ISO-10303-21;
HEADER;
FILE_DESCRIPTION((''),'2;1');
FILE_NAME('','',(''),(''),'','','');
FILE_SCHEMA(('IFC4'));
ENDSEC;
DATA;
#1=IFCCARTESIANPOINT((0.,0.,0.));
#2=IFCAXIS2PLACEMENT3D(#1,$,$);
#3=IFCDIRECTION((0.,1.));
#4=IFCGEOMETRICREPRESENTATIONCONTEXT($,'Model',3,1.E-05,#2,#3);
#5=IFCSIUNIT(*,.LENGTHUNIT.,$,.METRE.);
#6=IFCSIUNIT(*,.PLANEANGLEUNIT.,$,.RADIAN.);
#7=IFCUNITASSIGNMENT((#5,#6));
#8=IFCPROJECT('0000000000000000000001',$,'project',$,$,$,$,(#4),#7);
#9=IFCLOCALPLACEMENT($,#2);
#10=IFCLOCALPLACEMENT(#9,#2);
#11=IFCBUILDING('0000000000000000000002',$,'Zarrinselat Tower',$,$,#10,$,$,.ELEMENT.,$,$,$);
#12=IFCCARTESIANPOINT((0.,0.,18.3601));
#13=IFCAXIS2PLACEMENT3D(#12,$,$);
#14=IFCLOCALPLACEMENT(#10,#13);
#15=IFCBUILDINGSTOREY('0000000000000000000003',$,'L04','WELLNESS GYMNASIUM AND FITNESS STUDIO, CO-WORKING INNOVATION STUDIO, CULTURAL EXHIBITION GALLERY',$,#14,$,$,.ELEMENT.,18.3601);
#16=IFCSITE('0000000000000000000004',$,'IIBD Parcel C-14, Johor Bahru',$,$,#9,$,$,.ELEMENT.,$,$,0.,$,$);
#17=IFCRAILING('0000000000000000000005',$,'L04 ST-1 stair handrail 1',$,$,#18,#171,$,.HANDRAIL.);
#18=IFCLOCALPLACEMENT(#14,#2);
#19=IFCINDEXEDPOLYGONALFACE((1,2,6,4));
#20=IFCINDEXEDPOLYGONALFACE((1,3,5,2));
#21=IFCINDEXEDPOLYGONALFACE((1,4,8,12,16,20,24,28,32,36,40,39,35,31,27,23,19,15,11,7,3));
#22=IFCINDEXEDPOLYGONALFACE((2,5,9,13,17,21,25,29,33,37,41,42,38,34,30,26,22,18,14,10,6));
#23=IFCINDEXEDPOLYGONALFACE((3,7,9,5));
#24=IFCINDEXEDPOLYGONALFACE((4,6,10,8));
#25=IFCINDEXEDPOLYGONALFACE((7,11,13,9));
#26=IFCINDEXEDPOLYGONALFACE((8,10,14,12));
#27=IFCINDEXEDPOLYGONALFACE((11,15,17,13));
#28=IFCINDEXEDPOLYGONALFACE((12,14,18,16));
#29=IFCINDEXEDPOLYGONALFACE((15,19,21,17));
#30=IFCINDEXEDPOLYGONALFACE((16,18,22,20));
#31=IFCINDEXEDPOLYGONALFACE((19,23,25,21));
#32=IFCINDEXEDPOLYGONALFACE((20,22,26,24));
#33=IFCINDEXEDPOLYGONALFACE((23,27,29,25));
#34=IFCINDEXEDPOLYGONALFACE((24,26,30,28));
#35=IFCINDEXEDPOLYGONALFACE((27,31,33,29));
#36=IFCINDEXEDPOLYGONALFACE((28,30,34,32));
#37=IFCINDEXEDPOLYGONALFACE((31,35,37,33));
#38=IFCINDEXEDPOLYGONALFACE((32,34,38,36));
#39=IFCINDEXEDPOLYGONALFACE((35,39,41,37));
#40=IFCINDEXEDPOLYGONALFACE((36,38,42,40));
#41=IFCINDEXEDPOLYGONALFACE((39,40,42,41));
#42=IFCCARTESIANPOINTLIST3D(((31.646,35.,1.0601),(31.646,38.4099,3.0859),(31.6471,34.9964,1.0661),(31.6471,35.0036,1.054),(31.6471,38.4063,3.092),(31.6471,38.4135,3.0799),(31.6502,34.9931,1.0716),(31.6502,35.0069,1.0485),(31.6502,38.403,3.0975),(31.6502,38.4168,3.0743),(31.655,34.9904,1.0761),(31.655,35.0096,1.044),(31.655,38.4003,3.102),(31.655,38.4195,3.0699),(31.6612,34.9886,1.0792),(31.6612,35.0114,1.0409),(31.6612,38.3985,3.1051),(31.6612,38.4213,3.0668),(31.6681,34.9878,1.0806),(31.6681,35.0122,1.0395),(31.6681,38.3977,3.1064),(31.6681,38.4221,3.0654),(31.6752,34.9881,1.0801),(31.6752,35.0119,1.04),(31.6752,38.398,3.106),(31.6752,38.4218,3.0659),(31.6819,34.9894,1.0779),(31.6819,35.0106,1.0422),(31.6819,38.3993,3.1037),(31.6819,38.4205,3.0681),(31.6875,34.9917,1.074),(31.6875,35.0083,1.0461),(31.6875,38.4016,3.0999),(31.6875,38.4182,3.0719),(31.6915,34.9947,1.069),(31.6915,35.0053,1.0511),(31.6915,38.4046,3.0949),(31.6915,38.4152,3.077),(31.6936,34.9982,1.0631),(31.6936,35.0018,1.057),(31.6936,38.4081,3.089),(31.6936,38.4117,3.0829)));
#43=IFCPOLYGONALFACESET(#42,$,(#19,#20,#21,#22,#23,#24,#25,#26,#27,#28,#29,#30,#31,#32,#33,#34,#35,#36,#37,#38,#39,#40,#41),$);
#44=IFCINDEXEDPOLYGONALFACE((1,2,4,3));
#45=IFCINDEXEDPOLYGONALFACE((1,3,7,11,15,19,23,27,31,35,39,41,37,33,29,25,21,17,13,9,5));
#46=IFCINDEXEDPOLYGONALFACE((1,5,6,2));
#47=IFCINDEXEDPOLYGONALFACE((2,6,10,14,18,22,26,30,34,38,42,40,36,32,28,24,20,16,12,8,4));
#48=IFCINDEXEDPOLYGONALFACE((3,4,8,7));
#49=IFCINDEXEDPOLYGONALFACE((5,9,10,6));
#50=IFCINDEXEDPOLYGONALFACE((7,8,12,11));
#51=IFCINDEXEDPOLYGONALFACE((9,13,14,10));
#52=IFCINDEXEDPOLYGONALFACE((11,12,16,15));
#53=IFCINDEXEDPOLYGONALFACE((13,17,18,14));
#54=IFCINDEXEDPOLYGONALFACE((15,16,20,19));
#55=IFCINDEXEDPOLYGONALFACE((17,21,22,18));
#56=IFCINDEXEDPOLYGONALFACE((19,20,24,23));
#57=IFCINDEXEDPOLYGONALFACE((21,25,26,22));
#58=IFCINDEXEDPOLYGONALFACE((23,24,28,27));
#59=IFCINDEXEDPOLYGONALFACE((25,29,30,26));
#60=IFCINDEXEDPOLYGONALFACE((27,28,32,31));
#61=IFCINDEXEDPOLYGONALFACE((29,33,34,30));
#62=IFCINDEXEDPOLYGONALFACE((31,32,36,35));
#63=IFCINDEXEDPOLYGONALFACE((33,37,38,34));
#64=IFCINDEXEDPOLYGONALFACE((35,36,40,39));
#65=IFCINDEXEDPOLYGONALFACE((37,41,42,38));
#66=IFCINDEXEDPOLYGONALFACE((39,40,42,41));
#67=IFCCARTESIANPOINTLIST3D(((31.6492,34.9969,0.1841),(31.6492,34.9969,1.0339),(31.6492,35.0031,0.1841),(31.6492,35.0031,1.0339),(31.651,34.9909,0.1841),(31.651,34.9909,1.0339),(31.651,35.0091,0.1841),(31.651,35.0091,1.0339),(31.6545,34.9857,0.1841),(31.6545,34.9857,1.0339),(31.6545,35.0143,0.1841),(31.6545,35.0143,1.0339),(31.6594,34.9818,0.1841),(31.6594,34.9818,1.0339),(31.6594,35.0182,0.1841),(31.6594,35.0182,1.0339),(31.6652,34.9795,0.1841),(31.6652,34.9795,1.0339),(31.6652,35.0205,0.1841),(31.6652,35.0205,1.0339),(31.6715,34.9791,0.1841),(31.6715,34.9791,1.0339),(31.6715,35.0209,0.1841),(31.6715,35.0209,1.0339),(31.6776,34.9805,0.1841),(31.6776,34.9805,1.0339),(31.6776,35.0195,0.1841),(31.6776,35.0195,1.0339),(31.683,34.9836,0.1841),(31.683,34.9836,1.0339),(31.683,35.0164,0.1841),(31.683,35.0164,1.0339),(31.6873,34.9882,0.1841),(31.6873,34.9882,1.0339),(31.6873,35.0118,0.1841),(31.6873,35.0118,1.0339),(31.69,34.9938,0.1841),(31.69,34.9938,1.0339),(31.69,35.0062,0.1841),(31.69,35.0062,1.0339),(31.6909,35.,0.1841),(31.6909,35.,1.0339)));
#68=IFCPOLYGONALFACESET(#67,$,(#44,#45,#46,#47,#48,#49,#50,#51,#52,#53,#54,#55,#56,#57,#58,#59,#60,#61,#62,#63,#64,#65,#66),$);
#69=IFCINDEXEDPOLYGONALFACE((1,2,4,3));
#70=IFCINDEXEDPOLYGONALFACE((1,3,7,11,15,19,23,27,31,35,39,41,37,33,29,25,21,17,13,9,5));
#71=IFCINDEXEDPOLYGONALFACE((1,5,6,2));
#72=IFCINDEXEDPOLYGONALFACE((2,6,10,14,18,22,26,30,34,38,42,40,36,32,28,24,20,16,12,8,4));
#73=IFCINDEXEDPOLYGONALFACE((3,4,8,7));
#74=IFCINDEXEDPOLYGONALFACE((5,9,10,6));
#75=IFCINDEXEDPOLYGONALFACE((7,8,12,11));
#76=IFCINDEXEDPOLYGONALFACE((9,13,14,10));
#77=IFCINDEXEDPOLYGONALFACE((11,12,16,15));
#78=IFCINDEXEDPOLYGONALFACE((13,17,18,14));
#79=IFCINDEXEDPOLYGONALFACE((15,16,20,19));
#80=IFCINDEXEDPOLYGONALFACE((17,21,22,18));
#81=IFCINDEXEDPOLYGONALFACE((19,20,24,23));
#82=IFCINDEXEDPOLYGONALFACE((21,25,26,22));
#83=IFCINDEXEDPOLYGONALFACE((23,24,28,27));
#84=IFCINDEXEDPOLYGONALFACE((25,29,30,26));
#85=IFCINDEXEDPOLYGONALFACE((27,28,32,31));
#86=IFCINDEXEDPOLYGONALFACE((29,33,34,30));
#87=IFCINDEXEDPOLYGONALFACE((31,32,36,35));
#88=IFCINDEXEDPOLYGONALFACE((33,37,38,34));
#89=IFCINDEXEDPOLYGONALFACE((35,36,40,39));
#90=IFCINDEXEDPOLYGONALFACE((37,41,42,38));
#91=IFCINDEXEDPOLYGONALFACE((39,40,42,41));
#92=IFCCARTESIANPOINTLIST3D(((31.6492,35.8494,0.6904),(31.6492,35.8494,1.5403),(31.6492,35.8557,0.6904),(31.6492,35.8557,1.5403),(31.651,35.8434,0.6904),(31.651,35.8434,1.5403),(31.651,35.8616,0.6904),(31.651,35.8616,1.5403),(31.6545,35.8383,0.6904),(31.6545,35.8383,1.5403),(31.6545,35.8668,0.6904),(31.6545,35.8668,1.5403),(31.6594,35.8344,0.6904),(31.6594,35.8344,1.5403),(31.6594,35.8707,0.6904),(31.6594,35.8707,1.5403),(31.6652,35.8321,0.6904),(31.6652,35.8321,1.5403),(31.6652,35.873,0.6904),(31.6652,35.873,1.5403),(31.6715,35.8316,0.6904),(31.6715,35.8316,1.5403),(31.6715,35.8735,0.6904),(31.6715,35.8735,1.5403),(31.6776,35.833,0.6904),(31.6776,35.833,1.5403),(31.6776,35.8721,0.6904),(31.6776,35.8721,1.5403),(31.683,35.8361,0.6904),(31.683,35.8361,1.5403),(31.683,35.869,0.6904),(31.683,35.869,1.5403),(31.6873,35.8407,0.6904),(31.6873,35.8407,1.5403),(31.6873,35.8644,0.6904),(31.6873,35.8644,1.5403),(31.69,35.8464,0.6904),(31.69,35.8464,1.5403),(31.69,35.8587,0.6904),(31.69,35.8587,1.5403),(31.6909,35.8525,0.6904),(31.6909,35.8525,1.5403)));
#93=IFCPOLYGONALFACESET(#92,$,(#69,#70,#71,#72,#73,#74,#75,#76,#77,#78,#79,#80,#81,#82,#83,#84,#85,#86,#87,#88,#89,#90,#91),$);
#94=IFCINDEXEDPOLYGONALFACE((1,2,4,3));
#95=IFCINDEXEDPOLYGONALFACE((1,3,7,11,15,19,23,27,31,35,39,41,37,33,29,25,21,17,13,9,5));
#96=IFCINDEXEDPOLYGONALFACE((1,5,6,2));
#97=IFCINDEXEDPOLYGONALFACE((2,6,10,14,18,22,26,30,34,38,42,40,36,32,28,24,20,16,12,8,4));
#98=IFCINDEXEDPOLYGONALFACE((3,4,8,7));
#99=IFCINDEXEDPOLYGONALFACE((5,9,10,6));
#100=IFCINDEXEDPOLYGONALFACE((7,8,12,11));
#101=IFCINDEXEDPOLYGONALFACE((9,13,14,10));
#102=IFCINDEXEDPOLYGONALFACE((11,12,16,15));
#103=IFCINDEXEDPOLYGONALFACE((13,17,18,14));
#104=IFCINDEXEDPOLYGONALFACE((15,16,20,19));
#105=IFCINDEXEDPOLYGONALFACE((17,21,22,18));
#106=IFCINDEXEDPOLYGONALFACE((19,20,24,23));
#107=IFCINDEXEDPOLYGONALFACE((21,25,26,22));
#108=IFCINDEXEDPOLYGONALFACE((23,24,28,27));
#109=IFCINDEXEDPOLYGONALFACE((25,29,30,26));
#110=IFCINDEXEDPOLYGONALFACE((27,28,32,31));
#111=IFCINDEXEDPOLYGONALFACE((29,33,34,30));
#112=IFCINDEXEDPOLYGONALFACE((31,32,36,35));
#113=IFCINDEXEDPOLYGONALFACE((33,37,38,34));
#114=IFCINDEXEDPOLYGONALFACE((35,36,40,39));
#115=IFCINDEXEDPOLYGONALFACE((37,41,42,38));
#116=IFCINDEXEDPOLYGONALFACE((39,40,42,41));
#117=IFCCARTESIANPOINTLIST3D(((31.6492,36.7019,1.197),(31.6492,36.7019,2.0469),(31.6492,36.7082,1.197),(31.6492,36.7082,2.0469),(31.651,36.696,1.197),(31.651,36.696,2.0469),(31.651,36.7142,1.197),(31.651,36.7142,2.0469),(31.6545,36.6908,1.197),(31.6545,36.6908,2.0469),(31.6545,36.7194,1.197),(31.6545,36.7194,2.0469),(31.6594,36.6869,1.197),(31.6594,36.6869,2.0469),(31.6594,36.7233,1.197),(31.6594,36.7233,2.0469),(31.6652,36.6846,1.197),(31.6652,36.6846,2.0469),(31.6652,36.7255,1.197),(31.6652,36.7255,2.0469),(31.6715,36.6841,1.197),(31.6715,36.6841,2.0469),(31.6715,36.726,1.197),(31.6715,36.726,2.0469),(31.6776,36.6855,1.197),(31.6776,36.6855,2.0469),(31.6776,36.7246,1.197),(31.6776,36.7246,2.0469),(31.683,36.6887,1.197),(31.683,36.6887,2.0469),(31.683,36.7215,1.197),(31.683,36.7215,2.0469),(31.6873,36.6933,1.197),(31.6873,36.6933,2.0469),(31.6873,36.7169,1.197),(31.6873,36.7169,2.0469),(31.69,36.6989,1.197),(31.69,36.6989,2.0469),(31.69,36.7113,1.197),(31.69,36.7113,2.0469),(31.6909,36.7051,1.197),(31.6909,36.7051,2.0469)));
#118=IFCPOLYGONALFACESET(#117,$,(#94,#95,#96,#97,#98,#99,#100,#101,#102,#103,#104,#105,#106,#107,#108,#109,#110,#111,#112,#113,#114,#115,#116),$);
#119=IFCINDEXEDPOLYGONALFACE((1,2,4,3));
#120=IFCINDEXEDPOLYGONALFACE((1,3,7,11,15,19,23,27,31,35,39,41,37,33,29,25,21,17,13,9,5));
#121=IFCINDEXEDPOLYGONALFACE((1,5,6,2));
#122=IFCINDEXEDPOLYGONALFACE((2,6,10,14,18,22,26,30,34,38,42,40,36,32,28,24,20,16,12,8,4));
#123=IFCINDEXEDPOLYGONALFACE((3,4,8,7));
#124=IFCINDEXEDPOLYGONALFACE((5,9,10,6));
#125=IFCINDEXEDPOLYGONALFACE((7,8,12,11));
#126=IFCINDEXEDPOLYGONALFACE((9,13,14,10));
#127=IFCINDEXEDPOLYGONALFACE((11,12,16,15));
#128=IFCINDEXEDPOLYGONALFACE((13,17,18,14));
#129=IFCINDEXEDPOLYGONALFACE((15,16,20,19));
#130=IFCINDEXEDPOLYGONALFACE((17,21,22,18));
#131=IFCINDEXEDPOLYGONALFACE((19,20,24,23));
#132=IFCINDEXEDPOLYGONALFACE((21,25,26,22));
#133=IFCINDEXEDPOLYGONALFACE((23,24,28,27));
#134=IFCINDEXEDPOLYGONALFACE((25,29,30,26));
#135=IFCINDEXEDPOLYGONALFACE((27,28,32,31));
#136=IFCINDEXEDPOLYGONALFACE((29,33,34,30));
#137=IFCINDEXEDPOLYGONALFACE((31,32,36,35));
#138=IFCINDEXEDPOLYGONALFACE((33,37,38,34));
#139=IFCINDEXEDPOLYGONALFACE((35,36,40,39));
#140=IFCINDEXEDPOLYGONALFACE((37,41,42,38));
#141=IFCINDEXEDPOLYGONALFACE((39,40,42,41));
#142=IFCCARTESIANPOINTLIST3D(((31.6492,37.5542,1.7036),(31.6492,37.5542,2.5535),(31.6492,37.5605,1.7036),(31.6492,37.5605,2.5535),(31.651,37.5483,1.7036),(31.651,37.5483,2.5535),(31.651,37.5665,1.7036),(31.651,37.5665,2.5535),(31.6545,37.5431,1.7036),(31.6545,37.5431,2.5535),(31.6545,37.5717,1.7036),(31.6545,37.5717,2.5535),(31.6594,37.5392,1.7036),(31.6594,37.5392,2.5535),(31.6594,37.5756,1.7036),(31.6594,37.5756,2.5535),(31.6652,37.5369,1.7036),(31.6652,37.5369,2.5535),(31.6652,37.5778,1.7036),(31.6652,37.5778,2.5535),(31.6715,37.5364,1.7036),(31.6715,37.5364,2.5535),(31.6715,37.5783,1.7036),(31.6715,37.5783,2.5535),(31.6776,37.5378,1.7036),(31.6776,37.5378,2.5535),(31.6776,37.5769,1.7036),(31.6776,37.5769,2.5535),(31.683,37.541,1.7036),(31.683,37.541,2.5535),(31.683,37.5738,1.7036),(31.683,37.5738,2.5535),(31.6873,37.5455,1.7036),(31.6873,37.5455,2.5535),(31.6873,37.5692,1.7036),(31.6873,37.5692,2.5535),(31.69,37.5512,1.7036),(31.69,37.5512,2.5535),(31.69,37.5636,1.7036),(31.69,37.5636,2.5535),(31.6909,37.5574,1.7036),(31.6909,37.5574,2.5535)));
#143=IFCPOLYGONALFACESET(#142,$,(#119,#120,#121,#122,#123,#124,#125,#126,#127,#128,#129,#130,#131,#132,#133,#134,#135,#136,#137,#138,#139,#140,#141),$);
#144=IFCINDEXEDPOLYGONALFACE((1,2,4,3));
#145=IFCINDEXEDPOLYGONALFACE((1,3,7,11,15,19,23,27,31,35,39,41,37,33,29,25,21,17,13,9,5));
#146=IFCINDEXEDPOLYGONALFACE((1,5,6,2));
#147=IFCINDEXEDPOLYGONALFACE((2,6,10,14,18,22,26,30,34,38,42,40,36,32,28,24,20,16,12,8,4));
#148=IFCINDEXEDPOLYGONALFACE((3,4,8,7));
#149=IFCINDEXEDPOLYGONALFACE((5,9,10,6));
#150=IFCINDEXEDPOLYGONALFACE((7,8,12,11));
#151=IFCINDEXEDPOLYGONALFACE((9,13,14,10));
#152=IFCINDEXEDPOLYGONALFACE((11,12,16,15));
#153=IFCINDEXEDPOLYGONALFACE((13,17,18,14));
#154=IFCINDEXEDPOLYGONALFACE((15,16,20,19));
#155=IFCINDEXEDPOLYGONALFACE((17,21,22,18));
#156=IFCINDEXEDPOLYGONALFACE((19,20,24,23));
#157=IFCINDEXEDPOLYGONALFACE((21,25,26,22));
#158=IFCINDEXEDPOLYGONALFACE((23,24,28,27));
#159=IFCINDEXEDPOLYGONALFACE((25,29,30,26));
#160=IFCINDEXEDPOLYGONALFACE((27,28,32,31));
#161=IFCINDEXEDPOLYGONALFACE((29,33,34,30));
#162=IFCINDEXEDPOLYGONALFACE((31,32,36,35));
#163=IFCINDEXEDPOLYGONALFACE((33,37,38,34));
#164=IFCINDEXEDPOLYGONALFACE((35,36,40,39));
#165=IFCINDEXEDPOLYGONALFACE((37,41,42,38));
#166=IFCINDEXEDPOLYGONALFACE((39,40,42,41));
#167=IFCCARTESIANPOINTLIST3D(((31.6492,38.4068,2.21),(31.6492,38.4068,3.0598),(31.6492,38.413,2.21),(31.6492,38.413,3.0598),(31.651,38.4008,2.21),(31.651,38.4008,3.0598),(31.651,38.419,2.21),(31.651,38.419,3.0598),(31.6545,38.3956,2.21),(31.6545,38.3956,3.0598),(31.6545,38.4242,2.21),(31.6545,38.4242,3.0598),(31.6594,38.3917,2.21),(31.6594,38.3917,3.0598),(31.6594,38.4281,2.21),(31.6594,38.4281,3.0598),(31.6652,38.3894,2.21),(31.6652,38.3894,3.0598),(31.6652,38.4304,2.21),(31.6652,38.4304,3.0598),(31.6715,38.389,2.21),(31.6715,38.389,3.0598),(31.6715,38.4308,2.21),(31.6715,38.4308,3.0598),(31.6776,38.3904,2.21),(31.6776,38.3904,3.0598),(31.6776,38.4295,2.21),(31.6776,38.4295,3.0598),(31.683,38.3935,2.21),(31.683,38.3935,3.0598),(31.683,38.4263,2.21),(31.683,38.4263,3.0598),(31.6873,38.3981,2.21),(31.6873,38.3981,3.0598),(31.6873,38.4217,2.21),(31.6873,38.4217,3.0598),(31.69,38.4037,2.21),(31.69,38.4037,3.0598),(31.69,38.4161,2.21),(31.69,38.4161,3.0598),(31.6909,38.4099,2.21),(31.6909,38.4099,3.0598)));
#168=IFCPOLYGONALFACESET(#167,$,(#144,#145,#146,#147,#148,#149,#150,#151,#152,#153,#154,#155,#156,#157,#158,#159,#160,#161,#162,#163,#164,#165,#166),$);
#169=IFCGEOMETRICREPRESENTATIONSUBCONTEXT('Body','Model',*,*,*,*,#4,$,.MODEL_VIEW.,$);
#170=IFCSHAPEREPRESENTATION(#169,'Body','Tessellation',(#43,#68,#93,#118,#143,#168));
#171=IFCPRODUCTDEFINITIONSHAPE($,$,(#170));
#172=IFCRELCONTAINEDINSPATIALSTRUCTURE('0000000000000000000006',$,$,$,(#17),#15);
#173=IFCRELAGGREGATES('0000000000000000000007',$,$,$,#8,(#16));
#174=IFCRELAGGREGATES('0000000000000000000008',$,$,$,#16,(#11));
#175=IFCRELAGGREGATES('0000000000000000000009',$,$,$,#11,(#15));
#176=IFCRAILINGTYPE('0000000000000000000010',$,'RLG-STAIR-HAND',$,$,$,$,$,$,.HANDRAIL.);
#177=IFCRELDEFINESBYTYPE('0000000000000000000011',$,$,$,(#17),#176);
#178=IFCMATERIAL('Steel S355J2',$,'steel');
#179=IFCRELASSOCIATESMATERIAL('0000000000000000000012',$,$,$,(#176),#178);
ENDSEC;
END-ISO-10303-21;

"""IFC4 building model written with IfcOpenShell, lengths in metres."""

from ifc_helpers import new_model, si_unit, direction, frame, origin, origin_2d, place, context, subcontext, project, spatial, circle, extrude, material, type_object, element, save


model = new_model("IFC4")

# Units and contexts
model_context = context("Model", 3, precision=1e-05, world=origin(), true_north=direction((0.0, 1.0)))
body_context = subcontext(model_context, "Body", "Model", "MODEL_VIEW")
ifc_project = project(units=[si_unit("LENGTHUNIT", "METRE"), si_unit("PLANEANGLEUNIT", "RADIAN")], contexts=[model_context])

# Site, building, storey
site_placement = place(None, origin())
site = spatial("IfcSite", under=ifc_project, at=site_placement, Name="IIBD Parcel C-14, Johor Bahru", CompositionType="ELEMENT", RefElevation=0.0)
building_placement = place(site_placement, origin())
building = spatial("IfcBuilding", under=site, at=building_placement, Name="Zarrinselat Tower", CompositionType="ELEMENT")
storey_placement = place(building_placement, frame((0.0, 0.0, 18.3601)))
storey = spatial("IfcBuildingStorey", under=building, at=storey_placement, Name="L04", Description="WELLNESS GYMNASIUM AND FITNESS STUDIO, CO-WORKING INNOVATION STUDIO, CULTURAL EXHIBITION GALLERY", CompositionType="ELEMENT", Elevation=18.3601)

# Railing
ifc_material_1 = material(Name="Steel S355J2", Category="steel")
railing_type_1 = type_object("IfcRailingType", Name="RLG-STAIR-HAND", PredefinedType="HANDRAIL", material=ifc_material_1)
railing_1_placement = place(storey_placement, frame((31.6699, 35.0, 0.1841)))
element("IfcRailing", 1, at=railing_1_placement, inside=storey, type_object=railing_type_1, Name="L04 ST-1 stair handrail 1", PredefinedType="HANDRAIL", context=body_context, shape_type="SweptSolid", body=[
    extrude(circle(Radius=0.0239, at=origin_2d()), frame((0.0, 0.0, 0.876), z_axis=(0.0, 0.859717, 0.510771), x_axis=(-1.0, 0.0, 0.0)), (0.0, 0.0, 1.0), 3.9663),
    extrude(circle(Radius=0.021, at=origin_2d()), origin(), (0.0, 0.0, 1.0), 0.8499),
    extrude(circle(Radius=0.021, at=origin_2d()), frame((0.0, 0.8525, 0.5063)), (0.0, 0.0, 1.0), 0.8499),
    extrude(circle(Radius=0.021, at=origin_2d()), frame((0.0, 1.7051, 1.0129)), (0.0, 0.0, 1.0), 0.8499),
    extrude(circle(Radius=0.021, at=origin_2d()), frame((0.0, 2.5574, 1.5195)), (0.0, 0.0, 1.0), 0.8499),
    extrude(circle(Radius=0.021, at=origin_2d()), frame((0.0, 3.4099, 2.0259)), (0.0, 0.0, 1.0), 0.8499),
])

save(model, "model.ifc")
